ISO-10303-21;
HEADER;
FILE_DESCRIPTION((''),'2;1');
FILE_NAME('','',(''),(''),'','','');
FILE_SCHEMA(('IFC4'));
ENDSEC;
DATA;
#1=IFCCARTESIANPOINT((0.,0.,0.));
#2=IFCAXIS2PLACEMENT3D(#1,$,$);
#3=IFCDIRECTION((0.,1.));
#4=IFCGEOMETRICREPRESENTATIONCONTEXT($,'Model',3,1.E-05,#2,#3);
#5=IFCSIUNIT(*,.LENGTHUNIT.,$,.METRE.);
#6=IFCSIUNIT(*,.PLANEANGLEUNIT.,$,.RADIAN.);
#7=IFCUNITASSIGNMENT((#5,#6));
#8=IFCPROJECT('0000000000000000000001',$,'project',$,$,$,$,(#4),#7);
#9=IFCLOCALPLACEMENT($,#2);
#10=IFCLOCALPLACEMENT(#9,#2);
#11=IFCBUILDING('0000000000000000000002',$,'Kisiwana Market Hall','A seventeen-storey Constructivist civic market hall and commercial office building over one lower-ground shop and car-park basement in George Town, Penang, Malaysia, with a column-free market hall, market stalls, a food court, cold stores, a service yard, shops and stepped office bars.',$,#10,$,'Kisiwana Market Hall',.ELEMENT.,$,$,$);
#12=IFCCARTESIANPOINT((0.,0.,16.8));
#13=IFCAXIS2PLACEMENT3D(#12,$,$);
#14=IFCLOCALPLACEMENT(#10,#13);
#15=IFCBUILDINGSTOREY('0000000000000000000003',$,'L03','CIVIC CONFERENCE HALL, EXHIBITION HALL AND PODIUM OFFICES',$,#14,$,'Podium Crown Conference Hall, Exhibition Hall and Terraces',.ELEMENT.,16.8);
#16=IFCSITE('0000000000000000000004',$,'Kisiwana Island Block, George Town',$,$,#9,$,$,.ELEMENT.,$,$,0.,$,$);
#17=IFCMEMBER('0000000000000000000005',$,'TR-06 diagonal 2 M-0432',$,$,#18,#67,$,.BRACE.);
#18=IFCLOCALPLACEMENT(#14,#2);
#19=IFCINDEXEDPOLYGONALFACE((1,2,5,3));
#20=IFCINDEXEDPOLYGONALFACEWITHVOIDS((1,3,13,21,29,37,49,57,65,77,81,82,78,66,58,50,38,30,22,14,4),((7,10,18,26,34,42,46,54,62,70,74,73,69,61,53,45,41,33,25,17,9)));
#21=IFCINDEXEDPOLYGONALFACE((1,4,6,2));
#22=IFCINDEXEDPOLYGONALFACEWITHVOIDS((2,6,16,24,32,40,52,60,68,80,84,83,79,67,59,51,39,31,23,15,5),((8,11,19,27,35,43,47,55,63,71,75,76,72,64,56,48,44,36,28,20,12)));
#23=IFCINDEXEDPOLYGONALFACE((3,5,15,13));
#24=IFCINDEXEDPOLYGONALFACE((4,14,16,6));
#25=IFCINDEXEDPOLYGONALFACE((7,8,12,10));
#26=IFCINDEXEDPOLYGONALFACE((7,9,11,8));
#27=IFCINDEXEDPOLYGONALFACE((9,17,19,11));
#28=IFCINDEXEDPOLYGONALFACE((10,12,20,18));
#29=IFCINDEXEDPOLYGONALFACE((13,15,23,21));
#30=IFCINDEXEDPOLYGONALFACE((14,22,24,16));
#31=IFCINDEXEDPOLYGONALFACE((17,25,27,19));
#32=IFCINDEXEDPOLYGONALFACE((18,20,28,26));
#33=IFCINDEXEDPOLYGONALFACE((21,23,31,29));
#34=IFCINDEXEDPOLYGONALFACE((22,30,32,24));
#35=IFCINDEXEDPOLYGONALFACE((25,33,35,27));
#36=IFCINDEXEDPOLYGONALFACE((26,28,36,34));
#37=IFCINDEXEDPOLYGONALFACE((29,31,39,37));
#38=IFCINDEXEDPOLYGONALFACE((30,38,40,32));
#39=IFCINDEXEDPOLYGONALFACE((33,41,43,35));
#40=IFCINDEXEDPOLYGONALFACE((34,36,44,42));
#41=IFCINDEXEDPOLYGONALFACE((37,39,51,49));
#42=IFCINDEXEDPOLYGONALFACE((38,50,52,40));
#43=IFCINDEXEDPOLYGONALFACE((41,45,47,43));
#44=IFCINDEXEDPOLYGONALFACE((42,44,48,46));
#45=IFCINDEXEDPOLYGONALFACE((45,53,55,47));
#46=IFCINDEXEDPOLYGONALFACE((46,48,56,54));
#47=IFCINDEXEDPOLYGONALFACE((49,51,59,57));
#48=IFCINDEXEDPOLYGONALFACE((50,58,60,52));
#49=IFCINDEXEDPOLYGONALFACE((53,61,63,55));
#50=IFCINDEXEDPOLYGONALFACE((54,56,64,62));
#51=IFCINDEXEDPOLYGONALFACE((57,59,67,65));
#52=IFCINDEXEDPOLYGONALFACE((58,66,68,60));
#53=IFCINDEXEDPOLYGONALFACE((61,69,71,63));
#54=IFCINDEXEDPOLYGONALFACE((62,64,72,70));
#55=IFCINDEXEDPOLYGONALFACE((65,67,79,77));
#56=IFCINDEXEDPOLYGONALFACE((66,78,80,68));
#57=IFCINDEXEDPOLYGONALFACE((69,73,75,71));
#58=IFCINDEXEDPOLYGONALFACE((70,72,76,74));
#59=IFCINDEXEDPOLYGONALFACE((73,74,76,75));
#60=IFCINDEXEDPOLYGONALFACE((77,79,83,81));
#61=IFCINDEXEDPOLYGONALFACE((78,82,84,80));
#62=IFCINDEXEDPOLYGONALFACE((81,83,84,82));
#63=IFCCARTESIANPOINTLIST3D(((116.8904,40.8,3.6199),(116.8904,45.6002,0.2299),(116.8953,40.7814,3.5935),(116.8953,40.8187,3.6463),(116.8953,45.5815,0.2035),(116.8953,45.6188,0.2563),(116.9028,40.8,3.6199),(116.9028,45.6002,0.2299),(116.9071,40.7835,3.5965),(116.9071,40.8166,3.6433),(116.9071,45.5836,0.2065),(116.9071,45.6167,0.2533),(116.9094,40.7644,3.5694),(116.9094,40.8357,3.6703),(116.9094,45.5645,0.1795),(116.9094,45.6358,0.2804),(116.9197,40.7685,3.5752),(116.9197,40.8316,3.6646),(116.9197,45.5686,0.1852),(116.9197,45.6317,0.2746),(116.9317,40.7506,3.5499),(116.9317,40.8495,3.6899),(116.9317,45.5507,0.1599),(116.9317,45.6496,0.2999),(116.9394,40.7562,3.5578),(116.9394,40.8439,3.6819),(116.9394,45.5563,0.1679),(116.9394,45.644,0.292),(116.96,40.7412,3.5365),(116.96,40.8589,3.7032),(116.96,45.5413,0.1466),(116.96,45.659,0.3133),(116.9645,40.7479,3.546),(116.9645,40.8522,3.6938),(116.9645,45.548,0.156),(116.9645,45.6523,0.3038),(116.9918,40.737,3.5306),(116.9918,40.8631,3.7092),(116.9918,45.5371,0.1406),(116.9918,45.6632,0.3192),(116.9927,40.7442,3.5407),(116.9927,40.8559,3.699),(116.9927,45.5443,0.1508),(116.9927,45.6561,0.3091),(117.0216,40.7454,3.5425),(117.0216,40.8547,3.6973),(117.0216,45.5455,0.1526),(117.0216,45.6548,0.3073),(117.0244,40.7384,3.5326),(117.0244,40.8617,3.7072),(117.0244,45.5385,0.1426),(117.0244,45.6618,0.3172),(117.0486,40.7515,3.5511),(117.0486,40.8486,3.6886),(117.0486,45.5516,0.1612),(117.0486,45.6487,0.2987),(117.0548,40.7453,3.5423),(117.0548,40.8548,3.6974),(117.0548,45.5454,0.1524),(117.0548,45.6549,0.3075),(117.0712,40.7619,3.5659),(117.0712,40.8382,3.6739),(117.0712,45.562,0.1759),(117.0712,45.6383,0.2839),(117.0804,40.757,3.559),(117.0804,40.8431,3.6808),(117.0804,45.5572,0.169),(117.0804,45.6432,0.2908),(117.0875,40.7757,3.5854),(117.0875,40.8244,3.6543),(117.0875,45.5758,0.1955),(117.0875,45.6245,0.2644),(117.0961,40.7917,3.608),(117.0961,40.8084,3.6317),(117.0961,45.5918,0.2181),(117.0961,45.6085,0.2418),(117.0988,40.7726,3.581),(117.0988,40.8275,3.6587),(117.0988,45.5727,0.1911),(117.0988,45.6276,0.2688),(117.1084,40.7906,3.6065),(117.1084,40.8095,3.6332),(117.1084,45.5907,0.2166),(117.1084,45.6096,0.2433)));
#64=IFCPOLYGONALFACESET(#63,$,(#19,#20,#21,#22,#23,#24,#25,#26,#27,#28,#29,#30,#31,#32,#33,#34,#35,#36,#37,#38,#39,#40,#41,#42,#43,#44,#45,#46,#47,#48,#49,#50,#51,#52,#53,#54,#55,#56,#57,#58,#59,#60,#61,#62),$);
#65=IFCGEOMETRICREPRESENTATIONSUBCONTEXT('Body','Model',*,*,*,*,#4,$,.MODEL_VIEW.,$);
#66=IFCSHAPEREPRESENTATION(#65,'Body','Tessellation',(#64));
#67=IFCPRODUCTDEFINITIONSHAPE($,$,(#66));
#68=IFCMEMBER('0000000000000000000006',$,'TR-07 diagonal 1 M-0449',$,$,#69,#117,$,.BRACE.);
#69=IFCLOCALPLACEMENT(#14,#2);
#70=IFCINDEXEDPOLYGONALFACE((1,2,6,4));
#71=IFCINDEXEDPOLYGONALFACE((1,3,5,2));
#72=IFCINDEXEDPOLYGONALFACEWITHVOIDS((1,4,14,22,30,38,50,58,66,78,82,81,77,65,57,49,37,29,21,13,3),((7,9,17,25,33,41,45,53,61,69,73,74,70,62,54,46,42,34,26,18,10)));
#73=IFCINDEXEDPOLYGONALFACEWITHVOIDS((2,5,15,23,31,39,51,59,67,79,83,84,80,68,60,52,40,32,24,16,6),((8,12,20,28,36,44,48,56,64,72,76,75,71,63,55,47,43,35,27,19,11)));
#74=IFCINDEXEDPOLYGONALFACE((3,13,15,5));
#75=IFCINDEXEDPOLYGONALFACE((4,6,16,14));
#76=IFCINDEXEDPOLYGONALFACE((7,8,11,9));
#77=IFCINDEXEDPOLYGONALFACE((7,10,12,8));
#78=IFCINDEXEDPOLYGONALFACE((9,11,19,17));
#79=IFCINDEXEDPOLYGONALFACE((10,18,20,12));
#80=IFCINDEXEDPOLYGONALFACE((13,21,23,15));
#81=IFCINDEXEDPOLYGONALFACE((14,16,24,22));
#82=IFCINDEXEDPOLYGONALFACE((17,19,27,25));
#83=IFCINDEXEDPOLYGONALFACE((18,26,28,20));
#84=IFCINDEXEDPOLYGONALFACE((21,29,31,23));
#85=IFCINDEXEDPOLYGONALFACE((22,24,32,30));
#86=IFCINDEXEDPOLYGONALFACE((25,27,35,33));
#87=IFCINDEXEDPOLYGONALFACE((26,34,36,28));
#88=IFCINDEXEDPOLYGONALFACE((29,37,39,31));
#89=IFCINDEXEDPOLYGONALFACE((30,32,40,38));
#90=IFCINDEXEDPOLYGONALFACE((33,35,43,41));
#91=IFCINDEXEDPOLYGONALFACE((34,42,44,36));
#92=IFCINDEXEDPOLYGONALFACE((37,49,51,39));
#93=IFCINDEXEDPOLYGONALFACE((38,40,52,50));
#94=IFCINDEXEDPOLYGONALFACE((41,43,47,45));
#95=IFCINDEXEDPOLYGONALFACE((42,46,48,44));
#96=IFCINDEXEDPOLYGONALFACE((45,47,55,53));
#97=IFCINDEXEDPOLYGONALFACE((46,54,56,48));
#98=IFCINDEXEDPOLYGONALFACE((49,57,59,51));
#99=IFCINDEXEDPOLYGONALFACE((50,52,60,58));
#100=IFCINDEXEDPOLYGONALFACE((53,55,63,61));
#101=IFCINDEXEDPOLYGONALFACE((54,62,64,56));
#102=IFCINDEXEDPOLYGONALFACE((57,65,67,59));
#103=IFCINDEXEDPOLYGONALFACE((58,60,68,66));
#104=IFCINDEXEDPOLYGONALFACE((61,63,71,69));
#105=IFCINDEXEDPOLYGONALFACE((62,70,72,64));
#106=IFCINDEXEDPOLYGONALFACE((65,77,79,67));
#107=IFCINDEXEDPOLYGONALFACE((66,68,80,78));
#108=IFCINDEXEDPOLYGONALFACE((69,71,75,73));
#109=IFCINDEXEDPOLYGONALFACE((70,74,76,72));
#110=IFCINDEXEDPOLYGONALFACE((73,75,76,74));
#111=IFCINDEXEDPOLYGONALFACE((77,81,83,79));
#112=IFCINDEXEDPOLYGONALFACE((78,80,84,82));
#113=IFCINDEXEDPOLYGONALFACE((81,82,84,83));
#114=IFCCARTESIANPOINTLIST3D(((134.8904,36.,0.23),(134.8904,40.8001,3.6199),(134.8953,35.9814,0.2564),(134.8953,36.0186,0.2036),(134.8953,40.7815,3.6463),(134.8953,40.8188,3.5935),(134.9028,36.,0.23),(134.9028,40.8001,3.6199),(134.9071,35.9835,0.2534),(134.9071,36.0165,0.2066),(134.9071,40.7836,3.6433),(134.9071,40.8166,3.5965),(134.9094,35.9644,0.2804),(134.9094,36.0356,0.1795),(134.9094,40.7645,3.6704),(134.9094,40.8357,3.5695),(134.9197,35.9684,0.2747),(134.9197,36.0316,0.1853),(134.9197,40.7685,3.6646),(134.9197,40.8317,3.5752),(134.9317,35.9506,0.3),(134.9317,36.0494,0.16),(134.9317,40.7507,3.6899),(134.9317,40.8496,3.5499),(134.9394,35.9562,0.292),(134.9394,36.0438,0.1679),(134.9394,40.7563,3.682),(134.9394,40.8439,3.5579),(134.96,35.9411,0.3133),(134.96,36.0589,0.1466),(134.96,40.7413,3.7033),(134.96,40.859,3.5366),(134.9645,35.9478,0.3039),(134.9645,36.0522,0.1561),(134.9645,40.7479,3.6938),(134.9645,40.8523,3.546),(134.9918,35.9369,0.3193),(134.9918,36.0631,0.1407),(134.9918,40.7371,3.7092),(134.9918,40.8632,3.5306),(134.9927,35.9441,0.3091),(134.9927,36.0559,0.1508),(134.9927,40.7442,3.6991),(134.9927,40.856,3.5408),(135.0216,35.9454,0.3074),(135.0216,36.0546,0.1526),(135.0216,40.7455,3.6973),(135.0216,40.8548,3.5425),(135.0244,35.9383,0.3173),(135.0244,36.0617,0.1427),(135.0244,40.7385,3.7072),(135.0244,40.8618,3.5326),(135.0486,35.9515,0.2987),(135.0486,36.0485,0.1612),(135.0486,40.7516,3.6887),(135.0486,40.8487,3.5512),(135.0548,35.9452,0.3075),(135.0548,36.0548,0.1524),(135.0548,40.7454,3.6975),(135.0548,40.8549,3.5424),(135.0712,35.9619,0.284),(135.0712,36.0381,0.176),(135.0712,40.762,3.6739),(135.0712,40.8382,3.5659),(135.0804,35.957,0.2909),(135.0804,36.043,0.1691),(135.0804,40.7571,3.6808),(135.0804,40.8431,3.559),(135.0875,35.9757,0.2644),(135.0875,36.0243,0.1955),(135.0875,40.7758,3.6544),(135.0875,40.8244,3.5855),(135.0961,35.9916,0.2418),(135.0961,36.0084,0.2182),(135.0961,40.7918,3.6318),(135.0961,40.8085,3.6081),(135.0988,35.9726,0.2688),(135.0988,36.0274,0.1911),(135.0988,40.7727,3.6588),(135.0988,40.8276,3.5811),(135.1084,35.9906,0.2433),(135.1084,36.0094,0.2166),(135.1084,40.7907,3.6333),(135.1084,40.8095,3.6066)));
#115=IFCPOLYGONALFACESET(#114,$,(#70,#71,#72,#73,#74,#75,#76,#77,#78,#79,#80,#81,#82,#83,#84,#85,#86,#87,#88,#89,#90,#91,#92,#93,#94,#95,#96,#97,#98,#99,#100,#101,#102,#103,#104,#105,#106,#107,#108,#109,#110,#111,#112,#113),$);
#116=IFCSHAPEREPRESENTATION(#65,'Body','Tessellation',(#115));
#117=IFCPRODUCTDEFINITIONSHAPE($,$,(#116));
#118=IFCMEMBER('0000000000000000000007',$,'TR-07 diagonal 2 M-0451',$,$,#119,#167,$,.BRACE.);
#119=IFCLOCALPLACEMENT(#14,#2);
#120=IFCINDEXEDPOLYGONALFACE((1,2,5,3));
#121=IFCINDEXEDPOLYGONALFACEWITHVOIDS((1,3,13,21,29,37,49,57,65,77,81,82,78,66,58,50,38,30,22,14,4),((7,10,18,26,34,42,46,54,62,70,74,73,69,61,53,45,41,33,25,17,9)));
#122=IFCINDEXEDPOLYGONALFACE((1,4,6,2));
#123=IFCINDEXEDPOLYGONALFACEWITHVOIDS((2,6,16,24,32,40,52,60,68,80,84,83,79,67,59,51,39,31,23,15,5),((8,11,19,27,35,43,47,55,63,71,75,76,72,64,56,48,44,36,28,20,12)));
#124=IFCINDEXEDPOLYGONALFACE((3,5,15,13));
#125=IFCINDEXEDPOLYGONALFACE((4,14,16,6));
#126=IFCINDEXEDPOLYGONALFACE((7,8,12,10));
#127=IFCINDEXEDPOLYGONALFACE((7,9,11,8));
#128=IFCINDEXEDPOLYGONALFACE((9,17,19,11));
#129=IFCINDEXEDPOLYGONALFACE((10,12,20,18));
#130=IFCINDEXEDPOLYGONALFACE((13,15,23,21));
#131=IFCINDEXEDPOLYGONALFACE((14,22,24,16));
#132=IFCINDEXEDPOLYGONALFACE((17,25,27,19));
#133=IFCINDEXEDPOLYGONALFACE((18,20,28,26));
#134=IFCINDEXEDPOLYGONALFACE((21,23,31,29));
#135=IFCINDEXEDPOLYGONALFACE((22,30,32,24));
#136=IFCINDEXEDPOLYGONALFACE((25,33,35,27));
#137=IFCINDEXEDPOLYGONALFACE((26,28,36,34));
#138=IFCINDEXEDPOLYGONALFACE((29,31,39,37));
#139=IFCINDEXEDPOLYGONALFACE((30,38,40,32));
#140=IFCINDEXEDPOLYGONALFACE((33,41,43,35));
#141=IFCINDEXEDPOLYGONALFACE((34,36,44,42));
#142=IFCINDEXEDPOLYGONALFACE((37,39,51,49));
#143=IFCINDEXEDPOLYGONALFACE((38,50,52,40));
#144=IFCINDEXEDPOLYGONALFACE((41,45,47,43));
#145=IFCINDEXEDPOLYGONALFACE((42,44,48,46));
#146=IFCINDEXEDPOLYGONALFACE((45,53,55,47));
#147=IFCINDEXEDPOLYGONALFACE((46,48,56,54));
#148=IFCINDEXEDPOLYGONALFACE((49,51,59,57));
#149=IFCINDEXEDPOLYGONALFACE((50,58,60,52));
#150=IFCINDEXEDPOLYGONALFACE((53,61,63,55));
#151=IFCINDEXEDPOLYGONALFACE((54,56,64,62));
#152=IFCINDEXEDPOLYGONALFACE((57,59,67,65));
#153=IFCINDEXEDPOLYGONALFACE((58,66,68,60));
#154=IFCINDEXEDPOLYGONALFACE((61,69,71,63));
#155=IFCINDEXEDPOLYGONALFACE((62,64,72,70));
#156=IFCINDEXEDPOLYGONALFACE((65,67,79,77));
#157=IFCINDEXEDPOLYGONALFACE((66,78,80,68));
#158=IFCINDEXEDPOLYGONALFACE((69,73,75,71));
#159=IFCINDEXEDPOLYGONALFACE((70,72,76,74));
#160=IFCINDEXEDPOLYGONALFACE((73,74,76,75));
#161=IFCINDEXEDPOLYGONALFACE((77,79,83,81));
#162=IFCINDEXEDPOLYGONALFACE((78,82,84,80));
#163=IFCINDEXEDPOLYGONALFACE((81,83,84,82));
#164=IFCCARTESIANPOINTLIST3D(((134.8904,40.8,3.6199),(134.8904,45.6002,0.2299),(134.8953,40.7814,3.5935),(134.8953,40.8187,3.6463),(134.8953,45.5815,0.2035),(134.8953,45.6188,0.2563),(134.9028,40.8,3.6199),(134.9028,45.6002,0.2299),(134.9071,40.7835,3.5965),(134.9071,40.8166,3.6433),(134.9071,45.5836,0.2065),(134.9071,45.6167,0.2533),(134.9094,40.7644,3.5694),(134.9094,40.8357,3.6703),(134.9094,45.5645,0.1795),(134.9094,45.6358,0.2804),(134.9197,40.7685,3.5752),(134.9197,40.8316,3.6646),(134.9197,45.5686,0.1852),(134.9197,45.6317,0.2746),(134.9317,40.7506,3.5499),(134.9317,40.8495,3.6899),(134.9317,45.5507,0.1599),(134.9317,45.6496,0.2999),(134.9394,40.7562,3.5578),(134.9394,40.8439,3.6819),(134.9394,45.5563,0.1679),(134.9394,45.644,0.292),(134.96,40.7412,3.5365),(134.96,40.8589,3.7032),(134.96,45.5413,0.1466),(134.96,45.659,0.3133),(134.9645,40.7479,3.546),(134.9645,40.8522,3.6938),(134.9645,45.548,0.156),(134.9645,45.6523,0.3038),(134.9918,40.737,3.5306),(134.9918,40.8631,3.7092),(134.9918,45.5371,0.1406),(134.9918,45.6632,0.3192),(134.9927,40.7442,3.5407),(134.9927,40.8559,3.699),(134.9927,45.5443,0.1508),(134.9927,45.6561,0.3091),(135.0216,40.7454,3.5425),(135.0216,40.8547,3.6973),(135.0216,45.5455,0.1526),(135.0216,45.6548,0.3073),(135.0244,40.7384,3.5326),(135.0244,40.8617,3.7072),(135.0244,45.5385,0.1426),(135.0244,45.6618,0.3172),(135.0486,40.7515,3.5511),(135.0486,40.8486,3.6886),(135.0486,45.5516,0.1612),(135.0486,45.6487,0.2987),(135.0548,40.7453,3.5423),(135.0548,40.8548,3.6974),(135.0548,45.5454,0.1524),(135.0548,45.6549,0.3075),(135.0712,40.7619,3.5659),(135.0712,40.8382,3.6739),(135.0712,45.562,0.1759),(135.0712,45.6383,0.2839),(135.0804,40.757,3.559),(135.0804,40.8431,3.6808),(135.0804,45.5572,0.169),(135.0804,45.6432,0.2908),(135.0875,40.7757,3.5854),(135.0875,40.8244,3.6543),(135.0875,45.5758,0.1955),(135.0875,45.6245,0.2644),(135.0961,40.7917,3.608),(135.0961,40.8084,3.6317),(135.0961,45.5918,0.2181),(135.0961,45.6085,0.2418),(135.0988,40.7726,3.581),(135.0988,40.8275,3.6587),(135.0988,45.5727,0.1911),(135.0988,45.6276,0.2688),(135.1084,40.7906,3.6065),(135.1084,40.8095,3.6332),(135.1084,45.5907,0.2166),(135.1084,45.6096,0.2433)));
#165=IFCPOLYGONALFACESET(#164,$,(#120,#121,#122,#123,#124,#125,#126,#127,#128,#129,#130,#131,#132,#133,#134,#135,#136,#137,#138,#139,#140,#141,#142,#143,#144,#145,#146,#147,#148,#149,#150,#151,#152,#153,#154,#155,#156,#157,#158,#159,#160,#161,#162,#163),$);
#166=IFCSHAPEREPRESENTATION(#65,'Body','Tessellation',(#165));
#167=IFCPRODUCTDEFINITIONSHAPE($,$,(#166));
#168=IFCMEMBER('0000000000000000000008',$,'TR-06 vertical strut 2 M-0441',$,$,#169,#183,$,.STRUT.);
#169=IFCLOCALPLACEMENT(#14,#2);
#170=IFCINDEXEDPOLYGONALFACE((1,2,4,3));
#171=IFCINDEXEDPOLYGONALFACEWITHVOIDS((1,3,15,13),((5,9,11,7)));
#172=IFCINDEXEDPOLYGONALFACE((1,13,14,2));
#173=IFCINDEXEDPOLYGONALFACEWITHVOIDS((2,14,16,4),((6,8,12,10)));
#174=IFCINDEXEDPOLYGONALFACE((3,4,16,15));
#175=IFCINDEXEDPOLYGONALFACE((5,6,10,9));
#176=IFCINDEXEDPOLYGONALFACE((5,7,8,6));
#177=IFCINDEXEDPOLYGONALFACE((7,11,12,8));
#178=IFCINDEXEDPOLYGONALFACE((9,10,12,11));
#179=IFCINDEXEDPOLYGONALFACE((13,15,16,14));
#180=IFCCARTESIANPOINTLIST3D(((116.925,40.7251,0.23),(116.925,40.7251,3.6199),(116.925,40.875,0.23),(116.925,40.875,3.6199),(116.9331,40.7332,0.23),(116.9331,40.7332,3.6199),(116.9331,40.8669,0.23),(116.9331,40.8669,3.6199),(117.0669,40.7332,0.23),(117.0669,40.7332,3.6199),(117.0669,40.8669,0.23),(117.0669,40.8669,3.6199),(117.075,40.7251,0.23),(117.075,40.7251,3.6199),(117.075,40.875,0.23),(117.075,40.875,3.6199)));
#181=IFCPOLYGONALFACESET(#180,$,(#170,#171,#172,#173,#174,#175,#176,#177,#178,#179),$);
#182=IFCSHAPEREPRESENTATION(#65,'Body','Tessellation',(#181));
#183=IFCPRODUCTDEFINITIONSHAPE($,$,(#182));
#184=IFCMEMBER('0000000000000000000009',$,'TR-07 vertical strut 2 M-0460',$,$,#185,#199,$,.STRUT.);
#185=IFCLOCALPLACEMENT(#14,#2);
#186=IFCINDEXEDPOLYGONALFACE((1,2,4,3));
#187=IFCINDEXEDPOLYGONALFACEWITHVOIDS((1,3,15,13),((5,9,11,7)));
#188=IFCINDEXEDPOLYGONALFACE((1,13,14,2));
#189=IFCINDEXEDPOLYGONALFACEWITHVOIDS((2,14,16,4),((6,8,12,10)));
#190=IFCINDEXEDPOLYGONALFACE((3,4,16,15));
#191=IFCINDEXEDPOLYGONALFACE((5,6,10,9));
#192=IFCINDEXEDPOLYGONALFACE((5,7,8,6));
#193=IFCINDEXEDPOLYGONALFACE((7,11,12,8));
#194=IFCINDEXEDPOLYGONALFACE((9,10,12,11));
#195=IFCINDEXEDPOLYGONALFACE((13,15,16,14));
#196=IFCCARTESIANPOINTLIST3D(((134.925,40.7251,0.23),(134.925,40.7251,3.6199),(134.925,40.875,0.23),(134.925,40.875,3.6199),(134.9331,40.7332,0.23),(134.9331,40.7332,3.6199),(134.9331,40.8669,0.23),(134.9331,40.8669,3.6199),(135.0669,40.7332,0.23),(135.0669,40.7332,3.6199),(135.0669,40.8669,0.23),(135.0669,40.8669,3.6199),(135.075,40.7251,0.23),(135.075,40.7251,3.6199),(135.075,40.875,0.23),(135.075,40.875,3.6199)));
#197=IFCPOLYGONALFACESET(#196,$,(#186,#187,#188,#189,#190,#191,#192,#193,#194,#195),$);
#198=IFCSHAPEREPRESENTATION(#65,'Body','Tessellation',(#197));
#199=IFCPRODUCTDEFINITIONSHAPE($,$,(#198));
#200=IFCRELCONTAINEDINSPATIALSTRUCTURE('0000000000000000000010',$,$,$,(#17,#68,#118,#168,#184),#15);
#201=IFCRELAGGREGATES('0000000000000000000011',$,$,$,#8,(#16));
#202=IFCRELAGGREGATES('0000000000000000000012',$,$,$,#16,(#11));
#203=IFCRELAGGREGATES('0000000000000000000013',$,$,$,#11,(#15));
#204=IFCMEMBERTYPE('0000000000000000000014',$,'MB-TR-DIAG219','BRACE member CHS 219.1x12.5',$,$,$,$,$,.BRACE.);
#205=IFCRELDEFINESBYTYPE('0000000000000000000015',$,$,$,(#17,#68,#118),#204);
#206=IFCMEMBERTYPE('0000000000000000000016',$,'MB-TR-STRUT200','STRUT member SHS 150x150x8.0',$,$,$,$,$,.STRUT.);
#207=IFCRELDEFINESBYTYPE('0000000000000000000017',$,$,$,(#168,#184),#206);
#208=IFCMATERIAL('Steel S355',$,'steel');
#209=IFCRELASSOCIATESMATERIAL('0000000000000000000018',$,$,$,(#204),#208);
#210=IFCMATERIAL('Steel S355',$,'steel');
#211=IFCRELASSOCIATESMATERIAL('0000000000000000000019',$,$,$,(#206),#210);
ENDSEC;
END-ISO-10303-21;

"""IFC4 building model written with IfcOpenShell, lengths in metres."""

from ifc_helpers import new_model, si_unit, direction, frame, origin, origin_2d, place, context, subcontext, project, spatial, hollow_rectangle, hollow_circle, extrude, material, material_profile, profile_set, type_object, element, save


model = new_model("IFC4")

# Units and contexts
model_context = context("Model", 3, precision=1e-05, world=origin(), true_north=direction((0.0, 1.0)))
body_context = subcontext(model_context, "Body", "Model", "MODEL_VIEW")
ifc_project = project(units=[si_unit("LENGTHUNIT", "METRE"), si_unit("PLANEANGLEUNIT", "RADIAN")], contexts=[model_context])

# Site, building, storey
site_placement = place(None, origin())
site = spatial("IfcSite", under=ifc_project, at=site_placement, Name="Kisiwana Island Block, George Town", CompositionType="ELEMENT", RefElevation=0.0)
building_placement = place(site_placement, origin())
building = spatial("IfcBuilding", under=site, at=building_placement, Name="Kisiwana Market Hall", Description="A seventeen-storey Constructivist civic market hall and commercial office building over one lower-ground shop and car-park basement in George Town, Penang, Malaysia, with a column-free market hall, market stalls, a food court, cold stores, a service yard, shops and stepped office bars.", LongName="Kisiwana Market Hall", CompositionType="ELEMENT")
storey_placement = place(building_placement, frame((0.0, 0.0, 16.8)))
storey = spatial("IfcBuildingStorey", under=building, at=storey_placement, Name="L03", Description="CIVIC CONFERENCE HALL, EXHIBITION HALL AND PODIUM OFFICES", LongName="Podium Crown Conference Hall, Exhibition Hall and Terraces", CompositionType="ELEMENT", Elevation=16.8)

# Members
ifc_material_1 = material(Name="Steel S355", Category="steel")
ifc_material_profile_1 = material_profile(ifc_material_1, hollow_circle(Radius=0.1096, WallThickness=0.0125, at=origin_2d()), Name="CHS 219.1x12.5")
ifc_profile_set_1 = profile_set([ifc_material_profile_1], Name="Steel S355")
member_type_1 = type_object("IfcMemberType", Name="MB-TR-DIAG219", Description="BRACE member CHS 219.1x12.5", PredefinedType="BRACE", material=ifc_profile_set_1)
for number, where, z_axis, x_axis, name in (
    (1, (117.0, 40.8, 3.6199), (0.0, 0.816838, -0.576868), (-1.0, 0.0, 0.0), "TR-06 diagonal 2 M-0432"),
    (2, (135.0, 36.0, 0.23), (0.0, 0.816838, 0.576868), (-1.0, 0.0, 0.0), "TR-07 diagonal 1 M-0449"),
    (3, (135.0, 40.8, 3.6199), (0.0, 0.816838, -0.576868), (-1.0, 0.0, 0.0), "TR-07 diagonal 2 M-0451"),
):
    element("IfcMember", number, at=place(storey_placement, frame(where, z_axis=z_axis, x_axis=x_axis)), inside=storey, type_object=member_type_1, Name=name, PredefinedType="BRACE", context=body_context, shape_type="SweptSolid", body=[
        extrude(hollow_circle(Radius=0.1096, WallThickness=0.0125, at=origin_2d()), origin(), (0.0, 0.0, 1.0), 5.8765),
    ])
ifc_material_2 = material(Name="Steel S355", Category="steel")
ifc_material_profile_2 = material_profile(ifc_material_2, hollow_rectangle(XDim=0.1499, YDim=0.1499, WallThickness=0.0081, at=origin_2d()), Name="SHS 150x150x8.0")
ifc_profile_set_2 = profile_set([ifc_material_profile_2], Name="Steel S355")
member_type_2 = type_object("IfcMemberType", Name="MB-TR-STRUT200", Description="STRUT member SHS 150x150x8.0", PredefinedType="STRUT", material=ifc_profile_set_2)
for number, where, z_axis, x_axis, name in (
    (4, (117.0, 40.8, 0.23), (0.0, 0.0, 1.0), (1.0, 0.0, 0.0), "TR-06 vertical strut 2 M-0441"),
    (5, (135.0, 40.8, 0.23), (0.0, 0.0, 1.0), (1.0, 0.0, 0.0), "TR-07 vertical strut 2 M-0460"),
):
    element("IfcMember", number, at=place(storey_placement, frame(where, z_axis=z_axis, x_axis=x_axis)), inside=storey, type_object=member_type_2, Name=name, PredefinedType="STRUT", context=body_context, shape_type="SweptSolid", body=[
        extrude(hollow_rectangle(XDim=0.1499, YDim=0.1499, WallThickness=0.0081, at=origin_2d()), origin(), (0.0, 0.0, 1.0), 3.3899),
    ])

save(model, "model.ifc")
